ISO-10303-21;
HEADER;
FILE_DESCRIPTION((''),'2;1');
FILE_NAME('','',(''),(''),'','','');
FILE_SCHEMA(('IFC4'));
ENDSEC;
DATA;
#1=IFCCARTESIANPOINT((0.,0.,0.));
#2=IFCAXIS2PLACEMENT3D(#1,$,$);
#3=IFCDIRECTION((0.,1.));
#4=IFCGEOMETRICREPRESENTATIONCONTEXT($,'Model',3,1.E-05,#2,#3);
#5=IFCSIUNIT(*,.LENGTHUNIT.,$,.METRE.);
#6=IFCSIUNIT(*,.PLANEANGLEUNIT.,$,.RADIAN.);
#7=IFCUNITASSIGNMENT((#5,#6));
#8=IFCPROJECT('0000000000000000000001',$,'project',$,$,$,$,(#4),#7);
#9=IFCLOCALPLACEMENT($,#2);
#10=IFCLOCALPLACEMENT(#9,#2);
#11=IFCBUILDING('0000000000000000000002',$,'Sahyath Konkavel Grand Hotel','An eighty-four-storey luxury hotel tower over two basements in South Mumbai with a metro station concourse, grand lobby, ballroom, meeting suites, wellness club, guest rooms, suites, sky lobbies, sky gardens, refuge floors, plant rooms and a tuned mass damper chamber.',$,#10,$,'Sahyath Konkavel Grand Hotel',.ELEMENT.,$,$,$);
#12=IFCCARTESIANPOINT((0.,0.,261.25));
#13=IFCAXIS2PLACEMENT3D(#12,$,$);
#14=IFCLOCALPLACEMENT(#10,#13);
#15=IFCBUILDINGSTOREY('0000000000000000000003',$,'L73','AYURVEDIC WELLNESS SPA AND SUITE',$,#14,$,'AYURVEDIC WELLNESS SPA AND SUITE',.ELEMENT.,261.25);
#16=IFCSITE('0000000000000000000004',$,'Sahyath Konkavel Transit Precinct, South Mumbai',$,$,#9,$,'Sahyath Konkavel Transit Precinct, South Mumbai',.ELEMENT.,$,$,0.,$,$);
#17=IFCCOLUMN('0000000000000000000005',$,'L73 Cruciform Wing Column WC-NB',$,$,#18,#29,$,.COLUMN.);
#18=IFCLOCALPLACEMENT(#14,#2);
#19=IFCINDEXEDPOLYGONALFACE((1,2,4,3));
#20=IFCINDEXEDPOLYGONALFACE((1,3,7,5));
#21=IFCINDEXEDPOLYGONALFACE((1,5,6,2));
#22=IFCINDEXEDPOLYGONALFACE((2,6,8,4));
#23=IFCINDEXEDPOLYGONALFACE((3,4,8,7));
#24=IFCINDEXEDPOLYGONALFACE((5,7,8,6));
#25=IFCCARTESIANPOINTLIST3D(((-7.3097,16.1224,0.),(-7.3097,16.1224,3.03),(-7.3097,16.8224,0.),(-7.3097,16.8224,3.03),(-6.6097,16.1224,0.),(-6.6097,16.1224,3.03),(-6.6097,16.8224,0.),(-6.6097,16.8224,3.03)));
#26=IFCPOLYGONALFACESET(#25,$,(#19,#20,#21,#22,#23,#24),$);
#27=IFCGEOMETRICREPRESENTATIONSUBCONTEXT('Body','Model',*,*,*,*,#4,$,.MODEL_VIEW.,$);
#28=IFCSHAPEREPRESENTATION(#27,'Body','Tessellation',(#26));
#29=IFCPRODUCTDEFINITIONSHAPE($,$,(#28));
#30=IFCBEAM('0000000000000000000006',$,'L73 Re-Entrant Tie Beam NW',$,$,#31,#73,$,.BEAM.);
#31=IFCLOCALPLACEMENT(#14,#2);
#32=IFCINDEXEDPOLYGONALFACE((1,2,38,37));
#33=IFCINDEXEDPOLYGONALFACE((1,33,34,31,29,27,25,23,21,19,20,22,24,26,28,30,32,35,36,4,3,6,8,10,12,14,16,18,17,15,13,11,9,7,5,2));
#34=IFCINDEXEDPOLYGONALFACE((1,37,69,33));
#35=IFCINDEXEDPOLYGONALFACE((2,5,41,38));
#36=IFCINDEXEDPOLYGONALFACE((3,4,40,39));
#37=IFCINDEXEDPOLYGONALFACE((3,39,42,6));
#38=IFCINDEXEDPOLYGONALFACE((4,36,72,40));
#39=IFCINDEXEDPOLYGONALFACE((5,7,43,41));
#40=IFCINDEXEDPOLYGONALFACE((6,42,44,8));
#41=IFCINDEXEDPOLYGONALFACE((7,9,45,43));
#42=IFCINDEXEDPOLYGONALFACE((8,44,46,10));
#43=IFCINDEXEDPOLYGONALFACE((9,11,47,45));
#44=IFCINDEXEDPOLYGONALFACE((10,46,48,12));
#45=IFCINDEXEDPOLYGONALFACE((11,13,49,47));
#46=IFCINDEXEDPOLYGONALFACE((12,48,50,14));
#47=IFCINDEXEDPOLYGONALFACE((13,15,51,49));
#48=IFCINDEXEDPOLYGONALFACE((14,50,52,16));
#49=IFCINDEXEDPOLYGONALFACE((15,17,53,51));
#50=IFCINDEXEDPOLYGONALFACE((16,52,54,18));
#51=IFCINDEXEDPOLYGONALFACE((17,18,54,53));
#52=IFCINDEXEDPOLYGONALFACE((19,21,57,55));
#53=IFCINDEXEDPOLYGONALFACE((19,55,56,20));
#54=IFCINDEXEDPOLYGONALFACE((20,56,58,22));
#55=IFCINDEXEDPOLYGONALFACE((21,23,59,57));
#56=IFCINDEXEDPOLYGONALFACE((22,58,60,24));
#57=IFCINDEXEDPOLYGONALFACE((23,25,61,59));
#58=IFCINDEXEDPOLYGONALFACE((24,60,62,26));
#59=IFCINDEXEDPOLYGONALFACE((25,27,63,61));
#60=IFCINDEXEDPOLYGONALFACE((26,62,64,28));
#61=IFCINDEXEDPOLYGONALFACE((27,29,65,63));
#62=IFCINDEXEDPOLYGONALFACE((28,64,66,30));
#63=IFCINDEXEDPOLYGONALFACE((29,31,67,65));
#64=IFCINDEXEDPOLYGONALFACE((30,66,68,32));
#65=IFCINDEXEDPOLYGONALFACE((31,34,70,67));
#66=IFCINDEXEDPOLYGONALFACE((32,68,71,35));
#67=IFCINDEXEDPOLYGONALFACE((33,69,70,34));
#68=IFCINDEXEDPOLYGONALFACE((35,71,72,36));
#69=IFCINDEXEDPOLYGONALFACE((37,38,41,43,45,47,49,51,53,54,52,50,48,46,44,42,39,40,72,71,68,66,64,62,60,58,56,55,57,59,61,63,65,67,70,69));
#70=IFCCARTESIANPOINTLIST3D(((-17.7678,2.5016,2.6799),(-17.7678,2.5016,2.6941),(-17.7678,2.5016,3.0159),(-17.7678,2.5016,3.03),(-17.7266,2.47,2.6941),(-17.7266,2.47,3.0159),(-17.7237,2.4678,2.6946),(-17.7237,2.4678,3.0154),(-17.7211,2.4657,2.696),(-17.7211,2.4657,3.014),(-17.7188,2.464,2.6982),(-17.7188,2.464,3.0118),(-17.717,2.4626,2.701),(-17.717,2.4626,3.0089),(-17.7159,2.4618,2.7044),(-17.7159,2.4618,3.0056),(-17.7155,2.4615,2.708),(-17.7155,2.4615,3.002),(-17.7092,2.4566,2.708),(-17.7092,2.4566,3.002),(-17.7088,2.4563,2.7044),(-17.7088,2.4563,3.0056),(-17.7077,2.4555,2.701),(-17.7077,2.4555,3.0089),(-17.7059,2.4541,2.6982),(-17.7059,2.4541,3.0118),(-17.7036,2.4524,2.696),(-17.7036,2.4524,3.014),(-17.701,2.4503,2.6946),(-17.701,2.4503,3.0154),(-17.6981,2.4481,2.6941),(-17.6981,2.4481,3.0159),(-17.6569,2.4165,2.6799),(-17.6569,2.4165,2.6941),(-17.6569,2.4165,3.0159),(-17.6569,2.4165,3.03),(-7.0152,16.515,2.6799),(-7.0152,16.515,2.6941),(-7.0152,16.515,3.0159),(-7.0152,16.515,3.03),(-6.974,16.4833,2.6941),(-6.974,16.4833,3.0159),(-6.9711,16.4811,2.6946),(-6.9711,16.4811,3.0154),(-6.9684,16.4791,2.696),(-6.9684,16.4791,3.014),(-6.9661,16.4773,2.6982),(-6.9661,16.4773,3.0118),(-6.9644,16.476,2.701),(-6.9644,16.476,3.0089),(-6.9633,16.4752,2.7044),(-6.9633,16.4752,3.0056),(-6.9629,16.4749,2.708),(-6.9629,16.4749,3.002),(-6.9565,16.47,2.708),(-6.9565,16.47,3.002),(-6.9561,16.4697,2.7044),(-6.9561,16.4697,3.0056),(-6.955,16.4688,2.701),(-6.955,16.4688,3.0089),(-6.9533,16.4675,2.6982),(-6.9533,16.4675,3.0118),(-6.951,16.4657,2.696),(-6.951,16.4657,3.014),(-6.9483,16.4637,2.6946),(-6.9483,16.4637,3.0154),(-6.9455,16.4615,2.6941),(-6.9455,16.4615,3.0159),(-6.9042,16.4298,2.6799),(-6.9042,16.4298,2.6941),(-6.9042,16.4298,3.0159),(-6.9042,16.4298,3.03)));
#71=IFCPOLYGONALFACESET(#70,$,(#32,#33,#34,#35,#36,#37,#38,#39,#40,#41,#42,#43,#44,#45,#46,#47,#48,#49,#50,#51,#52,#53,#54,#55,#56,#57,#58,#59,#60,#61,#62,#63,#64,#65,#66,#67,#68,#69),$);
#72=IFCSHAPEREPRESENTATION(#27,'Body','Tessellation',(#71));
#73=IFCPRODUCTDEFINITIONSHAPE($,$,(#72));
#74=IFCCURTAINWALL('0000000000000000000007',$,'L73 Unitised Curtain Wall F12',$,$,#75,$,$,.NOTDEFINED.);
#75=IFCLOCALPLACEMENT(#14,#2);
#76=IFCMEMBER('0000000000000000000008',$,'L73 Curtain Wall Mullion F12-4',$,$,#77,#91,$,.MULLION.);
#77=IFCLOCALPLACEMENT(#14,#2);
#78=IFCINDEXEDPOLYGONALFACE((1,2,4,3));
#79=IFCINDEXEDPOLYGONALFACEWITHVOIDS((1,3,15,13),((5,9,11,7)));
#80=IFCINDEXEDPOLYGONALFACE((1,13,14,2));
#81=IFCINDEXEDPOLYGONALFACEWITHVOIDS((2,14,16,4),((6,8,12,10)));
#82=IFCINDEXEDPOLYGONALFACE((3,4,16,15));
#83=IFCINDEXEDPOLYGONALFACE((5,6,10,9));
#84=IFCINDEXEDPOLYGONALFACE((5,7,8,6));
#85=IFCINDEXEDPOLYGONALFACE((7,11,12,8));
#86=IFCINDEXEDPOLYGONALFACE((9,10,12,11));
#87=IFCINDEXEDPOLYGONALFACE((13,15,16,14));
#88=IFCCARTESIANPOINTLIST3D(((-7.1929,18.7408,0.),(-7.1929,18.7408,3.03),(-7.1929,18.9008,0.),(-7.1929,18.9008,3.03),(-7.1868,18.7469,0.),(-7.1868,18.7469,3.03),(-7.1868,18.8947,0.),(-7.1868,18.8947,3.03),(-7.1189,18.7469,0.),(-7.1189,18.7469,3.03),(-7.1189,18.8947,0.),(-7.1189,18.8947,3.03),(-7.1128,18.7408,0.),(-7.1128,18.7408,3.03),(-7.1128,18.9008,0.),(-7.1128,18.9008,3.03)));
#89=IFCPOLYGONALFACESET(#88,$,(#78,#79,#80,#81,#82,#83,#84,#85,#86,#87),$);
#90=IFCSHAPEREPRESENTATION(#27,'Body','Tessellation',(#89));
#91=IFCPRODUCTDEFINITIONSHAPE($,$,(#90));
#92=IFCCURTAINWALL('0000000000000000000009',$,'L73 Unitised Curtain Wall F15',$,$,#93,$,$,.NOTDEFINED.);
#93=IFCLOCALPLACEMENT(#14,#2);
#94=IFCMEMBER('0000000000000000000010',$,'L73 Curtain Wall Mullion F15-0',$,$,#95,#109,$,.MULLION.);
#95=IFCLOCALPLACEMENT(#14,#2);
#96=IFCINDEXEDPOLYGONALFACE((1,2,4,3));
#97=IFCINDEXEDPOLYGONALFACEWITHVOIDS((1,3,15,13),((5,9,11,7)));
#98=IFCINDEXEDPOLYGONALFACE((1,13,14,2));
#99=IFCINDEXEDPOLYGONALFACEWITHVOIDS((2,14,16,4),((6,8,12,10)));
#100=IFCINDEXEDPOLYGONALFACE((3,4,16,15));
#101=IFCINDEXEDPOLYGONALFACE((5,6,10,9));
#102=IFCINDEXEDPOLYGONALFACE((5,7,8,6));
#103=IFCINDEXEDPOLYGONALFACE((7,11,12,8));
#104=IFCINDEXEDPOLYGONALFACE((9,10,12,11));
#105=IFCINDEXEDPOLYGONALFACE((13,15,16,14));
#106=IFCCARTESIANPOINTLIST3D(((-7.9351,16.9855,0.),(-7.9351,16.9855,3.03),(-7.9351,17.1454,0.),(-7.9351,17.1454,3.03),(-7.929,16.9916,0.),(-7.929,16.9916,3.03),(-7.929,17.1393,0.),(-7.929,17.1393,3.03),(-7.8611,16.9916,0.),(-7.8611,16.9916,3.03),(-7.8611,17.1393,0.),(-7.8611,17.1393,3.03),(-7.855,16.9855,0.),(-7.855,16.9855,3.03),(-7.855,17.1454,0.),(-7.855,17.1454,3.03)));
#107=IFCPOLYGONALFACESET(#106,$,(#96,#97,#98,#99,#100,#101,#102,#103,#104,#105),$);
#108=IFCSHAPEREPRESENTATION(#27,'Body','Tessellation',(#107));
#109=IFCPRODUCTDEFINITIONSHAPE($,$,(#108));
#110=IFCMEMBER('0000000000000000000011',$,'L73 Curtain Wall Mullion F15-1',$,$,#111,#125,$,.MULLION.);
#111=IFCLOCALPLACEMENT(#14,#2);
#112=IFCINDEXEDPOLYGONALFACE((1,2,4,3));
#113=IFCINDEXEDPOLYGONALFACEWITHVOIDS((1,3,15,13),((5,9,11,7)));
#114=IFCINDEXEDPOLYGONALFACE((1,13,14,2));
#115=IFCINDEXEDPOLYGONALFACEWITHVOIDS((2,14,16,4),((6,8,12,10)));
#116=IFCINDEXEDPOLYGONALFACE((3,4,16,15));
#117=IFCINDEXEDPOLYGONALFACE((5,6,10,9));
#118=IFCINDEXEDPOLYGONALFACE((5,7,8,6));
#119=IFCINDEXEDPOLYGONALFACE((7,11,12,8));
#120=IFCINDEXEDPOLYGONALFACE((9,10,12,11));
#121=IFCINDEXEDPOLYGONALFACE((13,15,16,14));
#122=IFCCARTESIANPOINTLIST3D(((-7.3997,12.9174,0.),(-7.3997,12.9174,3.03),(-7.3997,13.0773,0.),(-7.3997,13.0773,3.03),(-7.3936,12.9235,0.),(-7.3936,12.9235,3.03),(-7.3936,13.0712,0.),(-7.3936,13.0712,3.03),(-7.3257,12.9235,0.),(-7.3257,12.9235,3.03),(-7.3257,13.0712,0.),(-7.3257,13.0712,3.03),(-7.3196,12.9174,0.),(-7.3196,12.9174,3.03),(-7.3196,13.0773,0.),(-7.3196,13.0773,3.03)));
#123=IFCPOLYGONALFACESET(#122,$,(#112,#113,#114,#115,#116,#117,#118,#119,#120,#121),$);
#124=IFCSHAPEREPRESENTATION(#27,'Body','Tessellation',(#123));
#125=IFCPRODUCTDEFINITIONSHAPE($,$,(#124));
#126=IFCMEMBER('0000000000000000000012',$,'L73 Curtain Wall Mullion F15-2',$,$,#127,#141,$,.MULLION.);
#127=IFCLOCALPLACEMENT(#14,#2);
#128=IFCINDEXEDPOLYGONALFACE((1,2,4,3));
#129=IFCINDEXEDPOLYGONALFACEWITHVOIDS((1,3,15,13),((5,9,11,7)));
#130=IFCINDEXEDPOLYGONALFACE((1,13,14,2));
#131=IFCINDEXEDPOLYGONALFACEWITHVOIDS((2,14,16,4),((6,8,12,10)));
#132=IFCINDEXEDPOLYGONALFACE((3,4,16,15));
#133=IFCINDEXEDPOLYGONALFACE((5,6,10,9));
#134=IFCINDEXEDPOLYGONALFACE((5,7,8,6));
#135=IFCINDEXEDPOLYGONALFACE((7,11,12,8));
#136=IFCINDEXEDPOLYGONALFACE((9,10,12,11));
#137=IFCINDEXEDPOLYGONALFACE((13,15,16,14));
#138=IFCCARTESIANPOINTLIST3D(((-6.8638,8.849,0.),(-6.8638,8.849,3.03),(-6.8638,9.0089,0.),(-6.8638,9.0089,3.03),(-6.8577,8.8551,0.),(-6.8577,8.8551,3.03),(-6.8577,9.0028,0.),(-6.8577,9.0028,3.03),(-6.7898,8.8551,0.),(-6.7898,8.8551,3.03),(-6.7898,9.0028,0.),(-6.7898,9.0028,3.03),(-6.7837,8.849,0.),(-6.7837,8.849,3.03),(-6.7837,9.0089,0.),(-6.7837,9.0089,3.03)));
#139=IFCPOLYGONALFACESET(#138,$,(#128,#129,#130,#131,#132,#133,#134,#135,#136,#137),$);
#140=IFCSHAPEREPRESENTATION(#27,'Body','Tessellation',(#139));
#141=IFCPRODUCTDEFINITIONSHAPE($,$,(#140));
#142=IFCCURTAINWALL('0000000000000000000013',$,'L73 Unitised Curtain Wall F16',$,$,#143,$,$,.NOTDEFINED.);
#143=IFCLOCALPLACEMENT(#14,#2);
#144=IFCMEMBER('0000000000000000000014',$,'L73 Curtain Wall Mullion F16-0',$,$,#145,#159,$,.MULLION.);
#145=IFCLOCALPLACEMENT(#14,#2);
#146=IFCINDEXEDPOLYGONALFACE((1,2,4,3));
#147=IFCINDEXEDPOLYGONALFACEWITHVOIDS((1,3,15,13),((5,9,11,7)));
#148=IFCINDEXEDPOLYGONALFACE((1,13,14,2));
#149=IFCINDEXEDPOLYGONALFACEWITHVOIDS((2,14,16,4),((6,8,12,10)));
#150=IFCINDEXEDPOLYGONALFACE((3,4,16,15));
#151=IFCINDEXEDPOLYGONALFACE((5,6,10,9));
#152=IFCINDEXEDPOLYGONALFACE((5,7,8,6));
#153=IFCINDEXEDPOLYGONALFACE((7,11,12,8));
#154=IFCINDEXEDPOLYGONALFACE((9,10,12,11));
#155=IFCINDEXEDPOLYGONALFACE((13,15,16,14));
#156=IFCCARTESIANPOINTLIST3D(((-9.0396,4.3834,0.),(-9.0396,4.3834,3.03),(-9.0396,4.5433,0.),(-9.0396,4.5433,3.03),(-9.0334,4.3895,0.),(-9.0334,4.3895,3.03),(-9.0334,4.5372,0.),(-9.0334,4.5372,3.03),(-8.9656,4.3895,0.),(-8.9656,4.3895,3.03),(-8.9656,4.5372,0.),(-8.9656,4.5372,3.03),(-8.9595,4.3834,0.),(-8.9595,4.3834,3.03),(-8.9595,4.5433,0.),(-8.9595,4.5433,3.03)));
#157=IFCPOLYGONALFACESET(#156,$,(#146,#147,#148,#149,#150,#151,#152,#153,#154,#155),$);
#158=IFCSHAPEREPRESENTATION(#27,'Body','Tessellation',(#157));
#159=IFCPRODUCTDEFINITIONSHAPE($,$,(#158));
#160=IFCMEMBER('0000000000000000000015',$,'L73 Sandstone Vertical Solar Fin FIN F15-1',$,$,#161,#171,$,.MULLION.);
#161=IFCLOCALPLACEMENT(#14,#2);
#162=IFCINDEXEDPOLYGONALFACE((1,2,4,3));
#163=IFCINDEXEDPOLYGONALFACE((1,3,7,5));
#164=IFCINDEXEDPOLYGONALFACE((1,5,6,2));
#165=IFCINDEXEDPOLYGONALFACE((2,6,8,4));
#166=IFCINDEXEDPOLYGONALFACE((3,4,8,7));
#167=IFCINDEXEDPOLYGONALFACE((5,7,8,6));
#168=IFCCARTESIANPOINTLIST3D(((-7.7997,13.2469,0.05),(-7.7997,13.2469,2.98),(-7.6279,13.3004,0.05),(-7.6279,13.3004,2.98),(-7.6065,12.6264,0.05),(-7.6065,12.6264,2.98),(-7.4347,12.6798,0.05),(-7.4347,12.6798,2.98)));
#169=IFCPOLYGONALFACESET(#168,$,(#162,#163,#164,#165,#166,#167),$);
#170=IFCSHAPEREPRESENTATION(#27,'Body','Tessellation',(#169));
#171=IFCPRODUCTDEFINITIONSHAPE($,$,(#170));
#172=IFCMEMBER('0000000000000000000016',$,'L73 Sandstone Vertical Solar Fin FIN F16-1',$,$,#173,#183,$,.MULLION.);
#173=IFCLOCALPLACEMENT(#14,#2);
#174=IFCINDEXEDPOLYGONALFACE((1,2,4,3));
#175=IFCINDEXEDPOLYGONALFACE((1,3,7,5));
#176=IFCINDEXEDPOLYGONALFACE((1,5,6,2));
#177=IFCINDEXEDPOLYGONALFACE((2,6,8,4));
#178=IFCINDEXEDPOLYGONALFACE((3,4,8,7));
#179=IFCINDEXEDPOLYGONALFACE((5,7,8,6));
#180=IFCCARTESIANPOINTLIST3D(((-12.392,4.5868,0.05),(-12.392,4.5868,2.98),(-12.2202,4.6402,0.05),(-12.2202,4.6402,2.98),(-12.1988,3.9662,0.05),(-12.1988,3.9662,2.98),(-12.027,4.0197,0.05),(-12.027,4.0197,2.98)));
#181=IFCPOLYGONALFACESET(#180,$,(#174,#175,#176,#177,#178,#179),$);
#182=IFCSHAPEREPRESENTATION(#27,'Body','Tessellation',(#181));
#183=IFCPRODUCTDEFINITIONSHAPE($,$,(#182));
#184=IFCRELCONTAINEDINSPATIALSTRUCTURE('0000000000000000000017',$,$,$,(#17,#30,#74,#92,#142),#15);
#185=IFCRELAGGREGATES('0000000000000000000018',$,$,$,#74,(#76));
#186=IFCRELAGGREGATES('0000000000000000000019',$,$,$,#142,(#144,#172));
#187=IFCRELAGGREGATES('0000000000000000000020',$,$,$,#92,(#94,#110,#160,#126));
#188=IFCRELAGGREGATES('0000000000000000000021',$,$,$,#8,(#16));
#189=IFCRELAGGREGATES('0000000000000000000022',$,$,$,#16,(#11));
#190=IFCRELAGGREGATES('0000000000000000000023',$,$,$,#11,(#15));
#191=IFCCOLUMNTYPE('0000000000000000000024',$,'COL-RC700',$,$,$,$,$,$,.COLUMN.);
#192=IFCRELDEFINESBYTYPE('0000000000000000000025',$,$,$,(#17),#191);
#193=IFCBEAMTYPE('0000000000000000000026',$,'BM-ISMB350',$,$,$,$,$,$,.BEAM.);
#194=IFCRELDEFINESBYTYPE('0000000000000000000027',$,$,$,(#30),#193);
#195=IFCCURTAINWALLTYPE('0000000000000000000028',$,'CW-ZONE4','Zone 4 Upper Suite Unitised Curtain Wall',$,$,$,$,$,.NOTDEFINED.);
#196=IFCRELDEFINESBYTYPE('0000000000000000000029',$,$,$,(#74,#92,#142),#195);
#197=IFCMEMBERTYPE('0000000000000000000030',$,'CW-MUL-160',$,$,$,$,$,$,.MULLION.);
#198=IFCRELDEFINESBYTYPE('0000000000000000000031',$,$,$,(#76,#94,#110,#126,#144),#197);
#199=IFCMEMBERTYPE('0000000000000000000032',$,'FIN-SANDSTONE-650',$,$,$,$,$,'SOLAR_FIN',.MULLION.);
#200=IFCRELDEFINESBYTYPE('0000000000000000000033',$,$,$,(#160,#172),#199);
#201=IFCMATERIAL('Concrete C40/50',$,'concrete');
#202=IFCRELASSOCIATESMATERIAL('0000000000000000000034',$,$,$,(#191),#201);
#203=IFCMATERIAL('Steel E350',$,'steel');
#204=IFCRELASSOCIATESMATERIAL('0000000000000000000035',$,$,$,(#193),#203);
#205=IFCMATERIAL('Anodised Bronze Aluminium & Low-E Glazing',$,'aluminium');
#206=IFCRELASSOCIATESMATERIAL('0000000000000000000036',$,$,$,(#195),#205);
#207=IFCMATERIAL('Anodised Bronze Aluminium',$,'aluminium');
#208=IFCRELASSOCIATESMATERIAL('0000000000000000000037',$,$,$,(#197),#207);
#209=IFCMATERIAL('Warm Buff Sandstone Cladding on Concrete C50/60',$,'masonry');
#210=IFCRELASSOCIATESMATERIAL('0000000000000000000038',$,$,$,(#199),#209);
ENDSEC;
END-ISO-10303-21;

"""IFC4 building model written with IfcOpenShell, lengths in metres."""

from ifc_helpers import new_model, si_unit, direction, frame, origin, origin_2d, place, context, subcontext, project, spatial, rectangle, hollow_rectangle, i_section, extrude, source, transform, mapped, material, material_profile, profile_set, type_object, element, aggregate, save


model = new_model("IFC4")

# Units and contexts
model_context = context("Model", 3, precision=1e-05, world=origin(), true_north=direction((0.0, 1.0)))
body_context = subcontext(model_context, "Body", "Model", "MODEL_VIEW")
ifc_project = project(units=[si_unit("LENGTHUNIT", "METRE"), si_unit("PLANEANGLEUNIT", "RADIAN")], contexts=[model_context])

# Site, building, storey
site_placement = place(None, origin())
site = spatial("IfcSite", under=ifc_project, at=site_placement, Name="Sahyath Konkavel Transit Precinct, South Mumbai", LongName="Sahyath Konkavel Transit Precinct, South Mumbai", CompositionType="ELEMENT", RefElevation=0.0)
building_placement = place(site_placement, origin())
building = spatial("IfcBuilding", under=site, at=building_placement, Name="Sahyath Konkavel Grand Hotel", Description="An eighty-four-storey luxury hotel tower over two basements in South Mumbai with a metro station concourse, grand lobby, ballroom, meeting suites, wellness club, guest rooms, suites, sky lobbies, sky gardens, refuge floors, plant rooms and a tuned mass damper chamber.", LongName="Sahyath Konkavel Grand Hotel", CompositionType="ELEMENT")
storey_placement = place(building_placement, frame((0.0, 0.0, 261.25)))
storey = spatial("IfcBuildingStorey", under=building, at=storey_placement, Name="L73", Description="AYURVEDIC WELLNESS SPA AND SUITE", LongName="AYURVEDIC WELLNESS SPA AND SUITE", CompositionType="ELEMENT", Elevation=261.25)

# Column
ifc_material_1 = material(Name="Concrete C40/50", Category="concrete")
ifc_material_profile_1 = material_profile(ifc_material_1, rectangle(XDim=0.7, YDim=0.7, at=origin_2d()), Name="RC 700x700")
ifc_profile_set_1 = profile_set([ifc_material_profile_1], Name="Concrete C40/50")
column_type = type_object("IfcColumnType", Name="COL-RC700", PredefinedType="COLUMN", material=ifc_profile_set_1)
shared_shape_1 = source(origin(), body_context, "Body", "SweptSolid", [
    extrude(rectangle(XDim=0.7, YDim=0.7, at=origin_2d()), origin(), (0.0, 0.0, 1.0), 3.03),
])
column_placement = place(storey_placement, frame((-6.9597, 16.4724, 0.0), z_axis=(0.0, 0.0, 1.0), x_axis=(1.0, 0.0, 0.0)))
element("IfcColumn", 1, at=column_placement, inside=storey, type_object=column_type, Name="L73 Cruciform Wing Column WC-NB", PredefinedType="COLUMN", context=body_context, shape_type="MappedRepresentation", body=[
    mapped(shared_shape_1, transform((0.0, 0.0, 0.0), scale=1.0)),
])

# Beam
ifc_material_2 = material(Name="Steel E350", Category="steel")
ifc_material_profile_2 = material_profile(ifc_material_2, i_section(OverallWidth=0.1399, OverallDepth=0.3501, WebThickness=0.0081, FlangeThickness=0.0142, FilletRadius=0.0139, at=origin_2d()), Name="ISMB 350")
ifc_profile_set_2 = profile_set([ifc_material_profile_2], Name="Steel E350")
beam_type = type_object("IfcBeamType", Name="BM-ISMB350", PredefinedType="BEAM", material=ifc_profile_set_2)
shared_shape_2 = source(origin(), body_context, "Body", "SweptSolid", [
    extrude(i_section(OverallWidth=0.1399, OverallDepth=0.3501, WebThickness=0.0081, FlangeThickness=0.0142, FilletRadius=0.0139, at=origin_2d()), origin(), (0.0, 0.0, 1.0), 17.6633),
])
beam_placement = place(storey_placement, frame((-6.9597, 16.4724, 2.855), z_axis=(-0.608754, -0.793359, 0.0), x_axis=(0.793359, -0.608754, 0.0)))
element("IfcBeam", 2, at=beam_placement, inside=storey, type_object=beam_type, Name="L73 Re-Entrant Tie Beam NW", PredefinedType="BEAM", context=body_context, shape_type="MappedRepresentation", body=[
    mapped(shared_shape_2, transform((0.0, 0.0, 0.0), scale=1.0)),
])

# Curtain wall, member
ifc_material_3 = material(Name="Anodised Bronze Aluminium & Low-E Glazing", Category="aluminium")
curtain_wall_type = type_object("IfcCurtainWallType", Name="CW-ZONE4", Description="Zone 4 Upper Suite Unitised Curtain Wall", PredefinedType="NOTDEFINED", material=ifc_material_3)
curtain_wall_1_placement = place(storey_placement, origin())
curtain_wall_1 = element("IfcCurtainWall", 3, at=curtain_wall_1_placement, inside=storey, type_object=curtain_wall_type, Name="L73 Unitised Curtain Wall F12", PredefinedType="NOTDEFINED")
ifc_material_4 = material(Name="Anodised Bronze Aluminium", Category="aluminium")
ifc_material_profile_3 = material_profile(ifc_material_4, hollow_rectangle(XDim=0.0801, YDim=0.1599, WallThickness=0.0061, at=origin_2d()), Name="RHS 160x80x6")
ifc_profile_set_3 = profile_set([ifc_material_profile_3], Name="Anodised Bronze Aluminium")
member_type_1 = type_object("IfcMemberType", Name="CW-MUL-160", PredefinedType="MULLION", material=ifc_profile_set_3)
shared_shape_3 = source(origin(), body_context, "Body", "SweptSolid", [
    extrude(hollow_rectangle(XDim=0.0801, YDim=0.1599, WallThickness=0.0061, at=origin_2d()), origin(), (0.0, 0.0, 1.0), 3.03),
])
member_1_placement = place(storey_placement, frame((-7.1528, 18.8208, 0.0), z_axis=(0.0, 0.0, 1.0), x_axis=(1.0, 0.0, 0.0)))
member_1 = element("IfcMember", 4, at=member_1_placement, type_object=member_type_1, Name="L73 Curtain Wall Mullion F12-4", PredefinedType="MULLION", context=body_context, shape_type="MappedRepresentation", body=[
    mapped(shared_shape_3, transform((0.0, 0.0, 0.0), scale=1.0)),
])
aggregate(curtain_wall_1, [member_1])

# Curtain wall, members
curtain_wall_2_placement = place(storey_placement, origin())
curtain_wall_2 = element("IfcCurtainWall", 5, at=curtain_wall_2_placement, inside=storey, type_object=curtain_wall_type, Name="L73 Unitised Curtain Wall F15", PredefinedType="NOTDEFINED")
member_2_placement = place(storey_placement, frame((-7.895, 17.0654, 0.0), z_axis=(0.0, 0.0, 1.0), x_axis=(1.0, 0.0, 0.0)))
member_2 = element("IfcMember", 6, at=member_2_placement, type_object=member_type_1, Name="L73 Curtain Wall Mullion F15-0", PredefinedType="MULLION", context=body_context, shape_type="MappedRepresentation", body=[
    mapped(shared_shape_3, transform((0.0, 0.0, 0.0), scale=1.0)),
])
member_3_placement = place(storey_placement, frame((-7.3596, 12.9973, 0.0), z_axis=(0.0, 0.0, 1.0), x_axis=(1.0, 0.0, 0.0)))
member_3 = element("IfcMember", 7, at=member_3_placement, type_object=member_type_1, Name="L73 Curtain Wall Mullion F15-1", PredefinedType="MULLION", context=body_context, shape_type="MappedRepresentation", body=[
    mapped(shared_shape_3, transform((0.0, 0.0, 0.0), scale=1.0)),
])
member_4_placement = place(storey_placement, frame((-6.8237, 8.929, 0.0), z_axis=(0.0, 0.0, 1.0), x_axis=(1.0, 0.0, 0.0)))
member_4 = element("IfcMember", 8, at=member_4_placement, type_object=member_type_1, Name="L73 Curtain Wall Mullion F15-2", PredefinedType="MULLION", context=body_context, shape_type="MappedRepresentation", body=[
    mapped(shared_shape_3, transform((0.0, 0.0, 0.0), scale=1.0)),
])

# Curtain wall, member
curtain_wall_3_placement = place(storey_placement, origin())
curtain_wall_3 = element("IfcCurtainWall", 9, at=curtain_wall_3_placement, inside=storey, type_object=curtain_wall_type, Name="L73 Unitised Curtain Wall F16", PredefinedType="NOTDEFINED")
member_5_placement = place(storey_placement, frame((-8.9995, 4.4634, 0.0), z_axis=(0.0, 0.0, 1.0), x_axis=(1.0, 0.0, 0.0)))
member_5 = element("IfcMember", 10, at=member_5_placement, type_object=member_type_1, Name="L73 Curtain Wall Mullion F16-0", PredefinedType="MULLION", context=body_context, shape_type="MappedRepresentation", body=[
    mapped(shared_shape_3, transform((0.0, 0.0, 0.0), scale=1.0)),
])

# Members
ifc_material_5 = material(Name="Warm Buff Sandstone Cladding on Concrete C50/60", Category="masonry")
ifc_material_profile_4 = material_profile(ifc_material_5, rectangle(XDim=0.1799, YDim=0.6499, at=origin_2d()), Name="FIN 180x650")
ifc_profile_set_4 = profile_set([ifc_material_profile_4], Name="Warm Buff Sandstone Cladding on Concrete C50/60")
member_type_2 = type_object("IfcMemberType", Name="FIN-SANDSTONE-650", ElementType="SOLAR_FIN", PredefinedType="MULLION", material=ifc_profile_set_4)
shared_shape_4 = source(origin(), body_context, "Body", "SweptSolid", [
    extrude(rectangle(XDim=0.1799, YDim=0.6499, at=origin_2d()), origin(), (0.0, 0.0, 1.0), 2.9299),
])
member_6_placement = place(storey_placement, frame((-7.6172, 12.9634, 0.05), z_axis=(0.0, 0.0, 1.0), x_axis=(0.954813, 0.297208, 0.0)))
member_6 = element("IfcMember", 11, at=member_6_placement, type_object=member_type_2, Name="L73 Sandstone Vertical Solar Fin FIN F15-1", PredefinedType="MULLION", context=body_context, shape_type="MappedRepresentation", body=[
    mapped(shared_shape_4, transform((0.0, 0.0, 0.0), scale=1.0)),
])
member_7_placement = place(storey_placement, frame((-12.2095, 4.3032, 0.05), z_axis=(0.0, 0.0, 1.0), x_axis=(0.954813, 0.297208, 0.0)))
member_7 = element("IfcMember", 12, at=member_7_placement, type_object=member_type_2, Name="L73 Sandstone Vertical Solar Fin FIN F16-1", PredefinedType="MULLION", context=body_context, shape_type="MappedRepresentation", body=[
    mapped(shared_shape_4, transform((0.0, 0.0, 0.0), scale=1.0)),
])

aggregate(curtain_wall_3, [member_5, member_7])
aggregate(curtain_wall_2, [member_2, member_3, member_6, member_4])

save(model, "model.ifc")
